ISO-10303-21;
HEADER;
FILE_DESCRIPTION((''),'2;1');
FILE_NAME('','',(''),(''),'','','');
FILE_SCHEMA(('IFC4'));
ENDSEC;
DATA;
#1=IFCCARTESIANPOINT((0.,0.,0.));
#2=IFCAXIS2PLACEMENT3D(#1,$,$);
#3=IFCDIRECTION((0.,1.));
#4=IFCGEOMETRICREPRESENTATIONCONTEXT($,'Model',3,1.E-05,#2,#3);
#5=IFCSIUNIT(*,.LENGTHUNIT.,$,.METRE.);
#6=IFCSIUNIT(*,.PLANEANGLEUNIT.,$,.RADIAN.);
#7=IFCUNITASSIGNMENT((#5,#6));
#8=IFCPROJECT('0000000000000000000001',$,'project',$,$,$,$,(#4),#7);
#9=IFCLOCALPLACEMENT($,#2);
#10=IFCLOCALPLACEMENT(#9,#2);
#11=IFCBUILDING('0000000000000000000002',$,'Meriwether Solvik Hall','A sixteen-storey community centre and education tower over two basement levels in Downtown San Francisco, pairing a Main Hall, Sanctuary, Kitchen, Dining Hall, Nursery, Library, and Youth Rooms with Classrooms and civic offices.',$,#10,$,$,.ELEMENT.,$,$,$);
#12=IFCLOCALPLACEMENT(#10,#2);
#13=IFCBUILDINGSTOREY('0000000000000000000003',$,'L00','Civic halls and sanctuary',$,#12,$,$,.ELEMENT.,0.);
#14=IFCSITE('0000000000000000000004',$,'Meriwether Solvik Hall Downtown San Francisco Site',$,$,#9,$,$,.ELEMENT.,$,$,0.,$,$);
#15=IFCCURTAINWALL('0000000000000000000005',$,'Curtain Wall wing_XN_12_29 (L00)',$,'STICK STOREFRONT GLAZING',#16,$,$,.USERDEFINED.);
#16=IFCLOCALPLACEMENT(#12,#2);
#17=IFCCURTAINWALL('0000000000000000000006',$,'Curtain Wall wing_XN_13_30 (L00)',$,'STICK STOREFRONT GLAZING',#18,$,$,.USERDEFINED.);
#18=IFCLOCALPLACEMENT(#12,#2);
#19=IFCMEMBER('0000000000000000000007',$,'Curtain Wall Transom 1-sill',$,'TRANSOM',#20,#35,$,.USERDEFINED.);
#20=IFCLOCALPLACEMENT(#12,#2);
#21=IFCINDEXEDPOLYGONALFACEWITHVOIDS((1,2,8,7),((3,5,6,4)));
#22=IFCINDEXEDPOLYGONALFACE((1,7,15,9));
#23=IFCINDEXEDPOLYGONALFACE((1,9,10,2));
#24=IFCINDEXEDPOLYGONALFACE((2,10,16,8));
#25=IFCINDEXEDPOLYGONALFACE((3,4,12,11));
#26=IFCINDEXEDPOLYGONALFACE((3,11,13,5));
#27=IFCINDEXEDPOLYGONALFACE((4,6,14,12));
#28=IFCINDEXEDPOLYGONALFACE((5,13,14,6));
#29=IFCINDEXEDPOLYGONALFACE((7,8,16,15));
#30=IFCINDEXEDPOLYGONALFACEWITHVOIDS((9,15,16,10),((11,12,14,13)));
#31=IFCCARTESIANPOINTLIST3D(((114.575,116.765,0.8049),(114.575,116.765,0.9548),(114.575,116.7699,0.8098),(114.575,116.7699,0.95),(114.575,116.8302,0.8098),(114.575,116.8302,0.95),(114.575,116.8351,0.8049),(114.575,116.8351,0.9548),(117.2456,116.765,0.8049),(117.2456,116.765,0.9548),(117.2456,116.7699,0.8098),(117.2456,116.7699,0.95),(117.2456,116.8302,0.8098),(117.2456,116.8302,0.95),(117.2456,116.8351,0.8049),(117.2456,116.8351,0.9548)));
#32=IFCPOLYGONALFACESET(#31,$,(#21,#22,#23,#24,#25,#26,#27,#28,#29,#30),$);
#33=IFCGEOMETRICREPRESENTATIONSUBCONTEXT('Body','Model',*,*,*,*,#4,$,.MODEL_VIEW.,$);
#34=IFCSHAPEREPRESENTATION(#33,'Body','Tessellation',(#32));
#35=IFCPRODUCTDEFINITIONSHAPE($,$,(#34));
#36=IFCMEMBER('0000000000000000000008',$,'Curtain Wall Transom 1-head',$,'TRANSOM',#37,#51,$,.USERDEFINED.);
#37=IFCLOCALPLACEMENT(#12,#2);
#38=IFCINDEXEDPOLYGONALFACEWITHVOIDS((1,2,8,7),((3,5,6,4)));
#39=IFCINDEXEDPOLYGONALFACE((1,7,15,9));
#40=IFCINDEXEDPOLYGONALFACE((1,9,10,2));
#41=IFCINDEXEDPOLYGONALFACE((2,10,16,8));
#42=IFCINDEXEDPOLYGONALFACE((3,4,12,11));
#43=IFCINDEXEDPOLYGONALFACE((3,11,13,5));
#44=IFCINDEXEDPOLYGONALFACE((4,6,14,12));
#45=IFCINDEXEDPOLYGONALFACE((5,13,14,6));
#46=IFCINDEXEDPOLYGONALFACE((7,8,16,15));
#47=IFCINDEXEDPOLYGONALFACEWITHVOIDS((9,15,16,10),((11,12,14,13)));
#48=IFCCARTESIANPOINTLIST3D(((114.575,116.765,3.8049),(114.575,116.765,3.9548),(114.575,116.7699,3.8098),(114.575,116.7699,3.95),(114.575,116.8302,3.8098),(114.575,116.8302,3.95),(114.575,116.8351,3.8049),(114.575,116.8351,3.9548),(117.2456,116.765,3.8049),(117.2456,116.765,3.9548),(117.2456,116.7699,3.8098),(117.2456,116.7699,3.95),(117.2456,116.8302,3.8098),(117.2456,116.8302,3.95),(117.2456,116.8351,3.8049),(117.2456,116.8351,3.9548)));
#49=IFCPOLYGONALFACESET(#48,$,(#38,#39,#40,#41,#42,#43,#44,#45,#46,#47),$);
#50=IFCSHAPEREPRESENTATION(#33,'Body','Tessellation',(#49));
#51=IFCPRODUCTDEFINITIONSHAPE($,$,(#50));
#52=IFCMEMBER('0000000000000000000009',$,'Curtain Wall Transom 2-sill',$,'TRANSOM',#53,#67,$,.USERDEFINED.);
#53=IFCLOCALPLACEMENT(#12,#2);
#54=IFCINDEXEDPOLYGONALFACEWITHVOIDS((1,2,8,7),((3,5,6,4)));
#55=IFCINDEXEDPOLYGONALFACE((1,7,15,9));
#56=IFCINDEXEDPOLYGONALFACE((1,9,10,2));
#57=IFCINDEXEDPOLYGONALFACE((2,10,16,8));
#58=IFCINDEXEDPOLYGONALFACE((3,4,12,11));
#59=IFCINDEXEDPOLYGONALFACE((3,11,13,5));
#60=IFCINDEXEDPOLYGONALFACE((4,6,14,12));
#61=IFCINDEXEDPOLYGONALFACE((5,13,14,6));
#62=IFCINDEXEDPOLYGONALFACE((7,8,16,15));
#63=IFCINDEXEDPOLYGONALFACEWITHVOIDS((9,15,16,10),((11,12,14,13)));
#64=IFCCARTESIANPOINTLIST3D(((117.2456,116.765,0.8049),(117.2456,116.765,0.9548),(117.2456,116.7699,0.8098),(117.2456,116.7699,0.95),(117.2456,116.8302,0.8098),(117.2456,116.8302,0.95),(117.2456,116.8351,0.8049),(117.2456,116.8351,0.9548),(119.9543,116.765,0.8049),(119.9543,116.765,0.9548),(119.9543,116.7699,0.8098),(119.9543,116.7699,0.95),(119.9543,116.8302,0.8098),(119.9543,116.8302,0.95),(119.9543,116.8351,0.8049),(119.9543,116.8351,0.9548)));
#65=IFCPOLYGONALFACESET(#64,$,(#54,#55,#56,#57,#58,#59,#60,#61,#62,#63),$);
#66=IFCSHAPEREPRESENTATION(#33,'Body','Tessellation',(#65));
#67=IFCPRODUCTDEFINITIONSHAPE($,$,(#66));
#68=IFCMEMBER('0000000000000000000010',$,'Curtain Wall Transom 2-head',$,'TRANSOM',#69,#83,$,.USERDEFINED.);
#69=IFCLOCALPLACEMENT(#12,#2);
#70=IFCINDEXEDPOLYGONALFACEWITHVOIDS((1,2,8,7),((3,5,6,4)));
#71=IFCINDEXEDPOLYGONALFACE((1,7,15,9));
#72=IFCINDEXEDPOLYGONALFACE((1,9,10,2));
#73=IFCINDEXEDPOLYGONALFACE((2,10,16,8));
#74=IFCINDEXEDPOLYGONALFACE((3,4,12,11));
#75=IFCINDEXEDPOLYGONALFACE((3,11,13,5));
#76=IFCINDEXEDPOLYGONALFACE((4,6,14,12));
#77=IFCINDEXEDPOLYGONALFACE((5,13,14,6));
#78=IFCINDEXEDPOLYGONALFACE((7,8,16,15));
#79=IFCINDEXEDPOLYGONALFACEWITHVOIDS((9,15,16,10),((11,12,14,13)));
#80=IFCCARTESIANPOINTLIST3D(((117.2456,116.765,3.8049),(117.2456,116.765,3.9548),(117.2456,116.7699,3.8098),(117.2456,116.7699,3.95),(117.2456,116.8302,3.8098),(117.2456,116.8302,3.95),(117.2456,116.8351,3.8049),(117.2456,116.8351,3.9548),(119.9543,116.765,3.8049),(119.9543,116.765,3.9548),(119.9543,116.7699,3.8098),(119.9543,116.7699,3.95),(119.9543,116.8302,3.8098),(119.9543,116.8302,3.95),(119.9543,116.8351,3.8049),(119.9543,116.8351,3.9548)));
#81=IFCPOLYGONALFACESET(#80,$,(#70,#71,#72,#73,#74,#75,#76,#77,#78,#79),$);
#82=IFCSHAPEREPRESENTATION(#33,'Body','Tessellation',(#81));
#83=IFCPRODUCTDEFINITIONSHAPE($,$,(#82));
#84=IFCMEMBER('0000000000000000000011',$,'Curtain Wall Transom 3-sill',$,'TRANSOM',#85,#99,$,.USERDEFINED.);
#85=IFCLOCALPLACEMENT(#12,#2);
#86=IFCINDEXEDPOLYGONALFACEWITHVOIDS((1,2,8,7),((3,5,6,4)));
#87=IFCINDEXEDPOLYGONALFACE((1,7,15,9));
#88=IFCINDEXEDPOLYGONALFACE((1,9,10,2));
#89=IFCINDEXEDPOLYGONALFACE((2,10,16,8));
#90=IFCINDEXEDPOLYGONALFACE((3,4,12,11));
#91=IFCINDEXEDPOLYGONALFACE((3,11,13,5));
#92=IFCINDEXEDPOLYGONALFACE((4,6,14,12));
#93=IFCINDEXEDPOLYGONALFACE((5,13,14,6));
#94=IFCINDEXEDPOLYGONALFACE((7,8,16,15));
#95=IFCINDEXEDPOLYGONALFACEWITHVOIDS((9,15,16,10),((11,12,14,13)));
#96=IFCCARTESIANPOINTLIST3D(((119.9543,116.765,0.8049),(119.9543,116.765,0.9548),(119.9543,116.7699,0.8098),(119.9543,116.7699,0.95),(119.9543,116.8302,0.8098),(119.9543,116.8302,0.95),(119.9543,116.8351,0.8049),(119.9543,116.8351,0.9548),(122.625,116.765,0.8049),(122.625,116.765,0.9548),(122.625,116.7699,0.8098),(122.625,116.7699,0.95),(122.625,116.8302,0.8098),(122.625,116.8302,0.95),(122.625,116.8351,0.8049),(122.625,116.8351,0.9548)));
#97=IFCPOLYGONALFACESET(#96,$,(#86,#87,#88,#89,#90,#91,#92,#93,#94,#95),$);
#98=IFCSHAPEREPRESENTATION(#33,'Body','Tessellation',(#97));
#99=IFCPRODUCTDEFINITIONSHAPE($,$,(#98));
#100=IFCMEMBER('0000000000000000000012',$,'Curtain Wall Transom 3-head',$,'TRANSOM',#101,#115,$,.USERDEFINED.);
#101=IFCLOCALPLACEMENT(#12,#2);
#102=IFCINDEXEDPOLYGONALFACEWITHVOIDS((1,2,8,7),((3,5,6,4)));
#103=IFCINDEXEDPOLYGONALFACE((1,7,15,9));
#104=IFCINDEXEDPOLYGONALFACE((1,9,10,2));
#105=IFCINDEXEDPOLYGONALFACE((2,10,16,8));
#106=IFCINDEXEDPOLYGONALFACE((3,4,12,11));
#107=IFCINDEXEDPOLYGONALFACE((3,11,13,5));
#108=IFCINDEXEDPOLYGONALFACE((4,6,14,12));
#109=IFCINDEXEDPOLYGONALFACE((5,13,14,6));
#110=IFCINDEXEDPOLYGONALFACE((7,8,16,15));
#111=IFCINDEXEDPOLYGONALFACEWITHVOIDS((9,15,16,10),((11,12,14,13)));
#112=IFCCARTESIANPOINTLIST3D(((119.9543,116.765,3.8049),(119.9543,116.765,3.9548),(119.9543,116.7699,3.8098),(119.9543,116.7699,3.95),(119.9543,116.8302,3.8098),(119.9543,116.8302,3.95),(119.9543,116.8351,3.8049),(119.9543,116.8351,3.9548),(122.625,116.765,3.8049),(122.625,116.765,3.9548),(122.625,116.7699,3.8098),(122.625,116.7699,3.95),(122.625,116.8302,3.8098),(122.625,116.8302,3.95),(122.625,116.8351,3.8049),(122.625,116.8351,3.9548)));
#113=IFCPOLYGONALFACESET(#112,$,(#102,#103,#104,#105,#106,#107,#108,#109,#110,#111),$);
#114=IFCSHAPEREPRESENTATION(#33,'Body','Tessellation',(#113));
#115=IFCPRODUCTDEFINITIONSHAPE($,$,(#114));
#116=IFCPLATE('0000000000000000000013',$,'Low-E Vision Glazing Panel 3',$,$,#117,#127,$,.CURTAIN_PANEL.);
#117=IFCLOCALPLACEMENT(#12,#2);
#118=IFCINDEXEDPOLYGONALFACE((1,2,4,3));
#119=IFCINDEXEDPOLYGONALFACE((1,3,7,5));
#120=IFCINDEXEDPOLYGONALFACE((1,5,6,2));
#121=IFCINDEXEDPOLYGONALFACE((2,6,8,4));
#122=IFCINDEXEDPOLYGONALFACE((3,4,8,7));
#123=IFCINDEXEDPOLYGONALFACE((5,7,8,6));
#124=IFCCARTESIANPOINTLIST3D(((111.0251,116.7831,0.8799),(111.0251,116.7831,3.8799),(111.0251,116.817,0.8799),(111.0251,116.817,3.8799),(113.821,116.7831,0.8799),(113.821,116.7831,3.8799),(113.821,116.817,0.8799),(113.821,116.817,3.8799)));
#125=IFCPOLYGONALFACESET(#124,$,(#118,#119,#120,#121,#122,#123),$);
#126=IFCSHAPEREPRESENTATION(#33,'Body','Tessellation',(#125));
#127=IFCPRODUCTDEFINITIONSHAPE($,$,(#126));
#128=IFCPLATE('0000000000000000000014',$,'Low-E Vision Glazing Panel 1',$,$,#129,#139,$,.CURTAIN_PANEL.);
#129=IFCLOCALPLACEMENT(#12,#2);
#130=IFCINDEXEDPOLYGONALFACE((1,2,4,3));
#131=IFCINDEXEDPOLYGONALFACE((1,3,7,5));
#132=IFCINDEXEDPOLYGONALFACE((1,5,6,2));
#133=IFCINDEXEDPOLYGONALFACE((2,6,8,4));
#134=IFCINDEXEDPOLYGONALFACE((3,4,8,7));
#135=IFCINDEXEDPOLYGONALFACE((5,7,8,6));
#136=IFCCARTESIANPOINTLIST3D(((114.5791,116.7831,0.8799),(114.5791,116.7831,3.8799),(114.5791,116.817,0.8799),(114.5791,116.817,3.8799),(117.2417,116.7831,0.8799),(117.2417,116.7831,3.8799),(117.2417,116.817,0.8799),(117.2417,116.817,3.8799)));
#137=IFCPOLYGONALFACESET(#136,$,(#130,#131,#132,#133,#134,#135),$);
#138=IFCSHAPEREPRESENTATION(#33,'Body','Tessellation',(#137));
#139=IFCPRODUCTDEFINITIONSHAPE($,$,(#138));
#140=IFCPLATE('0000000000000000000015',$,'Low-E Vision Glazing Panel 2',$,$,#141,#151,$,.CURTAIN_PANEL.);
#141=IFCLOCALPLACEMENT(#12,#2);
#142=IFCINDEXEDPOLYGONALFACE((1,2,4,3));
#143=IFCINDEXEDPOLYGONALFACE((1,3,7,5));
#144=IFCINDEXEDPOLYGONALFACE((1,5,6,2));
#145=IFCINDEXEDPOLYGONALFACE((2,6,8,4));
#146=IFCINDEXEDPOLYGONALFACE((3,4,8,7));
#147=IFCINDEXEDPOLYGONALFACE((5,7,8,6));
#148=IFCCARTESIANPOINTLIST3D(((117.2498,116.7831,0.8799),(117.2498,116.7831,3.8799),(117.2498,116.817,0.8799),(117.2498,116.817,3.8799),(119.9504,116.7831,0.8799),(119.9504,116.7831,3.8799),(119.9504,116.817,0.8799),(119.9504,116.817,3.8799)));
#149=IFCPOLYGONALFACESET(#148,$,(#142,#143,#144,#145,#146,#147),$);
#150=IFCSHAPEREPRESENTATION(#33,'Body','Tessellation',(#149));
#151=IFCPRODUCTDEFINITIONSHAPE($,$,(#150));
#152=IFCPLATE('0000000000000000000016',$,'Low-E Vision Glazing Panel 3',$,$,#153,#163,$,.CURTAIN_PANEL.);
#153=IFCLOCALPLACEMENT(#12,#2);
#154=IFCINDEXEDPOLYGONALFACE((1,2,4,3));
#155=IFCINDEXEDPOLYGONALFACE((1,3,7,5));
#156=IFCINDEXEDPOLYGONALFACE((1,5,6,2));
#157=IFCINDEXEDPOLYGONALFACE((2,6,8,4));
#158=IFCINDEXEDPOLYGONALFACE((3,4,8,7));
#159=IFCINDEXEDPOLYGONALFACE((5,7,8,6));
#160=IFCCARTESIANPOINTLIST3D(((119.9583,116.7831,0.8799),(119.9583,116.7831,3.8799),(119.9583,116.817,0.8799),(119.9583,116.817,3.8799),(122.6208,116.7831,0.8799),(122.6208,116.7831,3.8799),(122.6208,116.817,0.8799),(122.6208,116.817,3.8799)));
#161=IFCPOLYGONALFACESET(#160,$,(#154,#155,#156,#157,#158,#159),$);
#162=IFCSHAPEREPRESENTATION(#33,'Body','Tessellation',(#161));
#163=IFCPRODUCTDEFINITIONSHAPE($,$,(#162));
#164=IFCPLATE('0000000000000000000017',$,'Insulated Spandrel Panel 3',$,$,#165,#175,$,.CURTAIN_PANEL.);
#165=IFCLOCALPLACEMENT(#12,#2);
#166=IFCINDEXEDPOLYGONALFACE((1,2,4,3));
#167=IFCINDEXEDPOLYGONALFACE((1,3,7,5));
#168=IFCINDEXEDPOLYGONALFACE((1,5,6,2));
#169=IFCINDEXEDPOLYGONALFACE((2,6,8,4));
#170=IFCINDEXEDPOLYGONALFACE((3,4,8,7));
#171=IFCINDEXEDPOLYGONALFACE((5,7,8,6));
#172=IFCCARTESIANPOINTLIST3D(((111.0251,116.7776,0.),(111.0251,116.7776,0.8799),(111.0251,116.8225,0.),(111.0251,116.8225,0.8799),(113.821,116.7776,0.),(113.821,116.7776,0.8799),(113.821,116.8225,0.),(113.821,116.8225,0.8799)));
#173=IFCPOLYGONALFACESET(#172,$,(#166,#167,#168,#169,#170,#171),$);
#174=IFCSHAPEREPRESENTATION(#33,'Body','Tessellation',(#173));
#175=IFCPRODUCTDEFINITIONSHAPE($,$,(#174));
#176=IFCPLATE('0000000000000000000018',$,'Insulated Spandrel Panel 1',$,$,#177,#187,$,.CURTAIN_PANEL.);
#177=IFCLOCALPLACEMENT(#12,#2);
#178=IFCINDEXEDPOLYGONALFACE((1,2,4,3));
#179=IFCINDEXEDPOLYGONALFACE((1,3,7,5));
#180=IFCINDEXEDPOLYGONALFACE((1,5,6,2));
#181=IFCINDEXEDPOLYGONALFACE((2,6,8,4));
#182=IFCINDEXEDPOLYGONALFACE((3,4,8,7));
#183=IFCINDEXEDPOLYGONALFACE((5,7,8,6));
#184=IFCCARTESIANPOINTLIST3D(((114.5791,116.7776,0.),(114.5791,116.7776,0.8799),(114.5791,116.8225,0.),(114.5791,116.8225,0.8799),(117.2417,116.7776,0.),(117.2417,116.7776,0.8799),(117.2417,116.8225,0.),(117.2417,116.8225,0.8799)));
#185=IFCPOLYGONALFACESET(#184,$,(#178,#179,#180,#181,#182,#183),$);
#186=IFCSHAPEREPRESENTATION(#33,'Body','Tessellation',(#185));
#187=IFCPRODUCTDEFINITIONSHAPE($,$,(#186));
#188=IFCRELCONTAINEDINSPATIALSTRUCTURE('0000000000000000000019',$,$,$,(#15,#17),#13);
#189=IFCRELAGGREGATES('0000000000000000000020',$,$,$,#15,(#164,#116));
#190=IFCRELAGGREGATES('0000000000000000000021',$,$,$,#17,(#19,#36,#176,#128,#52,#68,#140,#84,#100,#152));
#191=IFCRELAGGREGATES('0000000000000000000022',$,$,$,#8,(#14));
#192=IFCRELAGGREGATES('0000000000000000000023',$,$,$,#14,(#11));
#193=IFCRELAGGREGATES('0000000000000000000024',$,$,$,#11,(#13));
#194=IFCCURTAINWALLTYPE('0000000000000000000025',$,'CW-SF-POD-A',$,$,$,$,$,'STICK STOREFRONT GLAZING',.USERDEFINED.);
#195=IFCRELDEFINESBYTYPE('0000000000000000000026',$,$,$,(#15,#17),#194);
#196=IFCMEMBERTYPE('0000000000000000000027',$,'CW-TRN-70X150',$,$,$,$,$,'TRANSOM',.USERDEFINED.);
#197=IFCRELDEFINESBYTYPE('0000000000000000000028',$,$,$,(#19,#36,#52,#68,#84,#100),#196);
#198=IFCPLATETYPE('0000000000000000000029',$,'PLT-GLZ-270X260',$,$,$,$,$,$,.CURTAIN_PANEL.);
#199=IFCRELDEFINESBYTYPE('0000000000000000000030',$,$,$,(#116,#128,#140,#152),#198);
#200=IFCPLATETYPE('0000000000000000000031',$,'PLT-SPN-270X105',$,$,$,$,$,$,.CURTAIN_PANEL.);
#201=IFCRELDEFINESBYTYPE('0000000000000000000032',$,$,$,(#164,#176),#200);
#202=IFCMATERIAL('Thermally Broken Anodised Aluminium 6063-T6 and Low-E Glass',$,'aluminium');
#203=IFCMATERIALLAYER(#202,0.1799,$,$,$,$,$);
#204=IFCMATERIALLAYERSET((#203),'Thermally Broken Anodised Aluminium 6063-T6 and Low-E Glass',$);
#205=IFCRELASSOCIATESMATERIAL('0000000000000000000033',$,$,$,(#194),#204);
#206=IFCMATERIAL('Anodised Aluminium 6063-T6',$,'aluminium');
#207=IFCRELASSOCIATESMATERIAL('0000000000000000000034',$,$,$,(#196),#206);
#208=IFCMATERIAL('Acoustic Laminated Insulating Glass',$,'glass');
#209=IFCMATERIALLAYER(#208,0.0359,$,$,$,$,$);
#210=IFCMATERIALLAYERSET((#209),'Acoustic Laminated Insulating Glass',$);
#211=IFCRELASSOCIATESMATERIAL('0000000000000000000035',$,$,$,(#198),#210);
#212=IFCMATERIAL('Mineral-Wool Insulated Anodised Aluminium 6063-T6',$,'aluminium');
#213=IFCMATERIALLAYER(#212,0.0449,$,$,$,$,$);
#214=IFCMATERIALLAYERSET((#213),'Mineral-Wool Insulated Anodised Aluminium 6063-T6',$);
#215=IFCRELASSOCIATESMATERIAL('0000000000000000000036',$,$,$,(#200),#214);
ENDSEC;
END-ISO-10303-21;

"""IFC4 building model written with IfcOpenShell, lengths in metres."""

from ifc_helpers import new_model, si_unit, direction, frame, origin, origin_2d, place, context, subcontext, project, spatial, rectangle, hollow_rectangle, extrude, material, layer, layer_set, material_profile, profile_set, type_object, element, aggregate, save


model = new_model("IFC4")

# Units and contexts
model_context = context("Model", 3, precision=1e-05, world=origin(), true_north=direction((0.0, 1.0)))
body_context = subcontext(model_context, "Body", "Model", "MODEL_VIEW")
ifc_project = project(units=[si_unit("LENGTHUNIT", "METRE"), si_unit("PLANEANGLEUNIT", "RADIAN")], contexts=[model_context])

# Site, building, storey
site_placement = place(None, origin())
site = spatial("IfcSite", under=ifc_project, at=site_placement, Name="Meriwether Solvik Hall Downtown San Francisco Site", CompositionType="ELEMENT", RefElevation=0.0)
building_placement = place(site_placement, origin())
building = spatial("IfcBuilding", under=site, at=building_placement, Name="Meriwether Solvik Hall", Description="A sixteen-storey community centre and education tower over two basement levels in Downtown San Francisco, pairing a Main Hall, Sanctuary, Kitchen, Dining Hall, Nursery, Library, and Youth Rooms with Classrooms and civic offices.", CompositionType="ELEMENT")
storey_placement = place(building_placement, origin())
storey = spatial("IfcBuildingStorey", under=building, at=storey_placement, Name="L00", Description="Civic halls and sanctuary", CompositionType="ELEMENT", Elevation=0.0)

# Curtain walls
ifc_material_1 = material(Name="Thermally Broken Anodised Aluminium 6063-T6 and Low-E Glass", Category="aluminium")
ifc_layer_1 = layer(ifc_material_1, 0.1799)
ifc_layer_set_1 = layer_set([ifc_layer_1], Name="Thermally Broken Anodised Aluminium 6063-T6 and Low-E Glass")
curtain_wall_type = type_object("IfcCurtainWallType", Name="CW-SF-POD-A", ElementType="STICK STOREFRONT GLAZING", PredefinedType="USERDEFINED", material=ifc_layer_set_1)
curtain_wall_1_placement = place(storey_placement, origin())
curtain_wall_1 = element("IfcCurtainWall", 1, at=curtain_wall_1_placement, inside=storey, type_object=curtain_wall_type, Name="Curtain Wall wing_XN_12_29 (L00)", ObjectType="STICK STOREFRONT GLAZING", PredefinedType="USERDEFINED")
curtain_wall_2_placement = place(storey_placement, origin())
curtain_wall_2 = element("IfcCurtainWall", 2, at=curtain_wall_2_placement, inside=storey, type_object=curtain_wall_type, Name="Curtain Wall wing_XN_13_30 (L00)", ObjectType="STICK STOREFRONT GLAZING", PredefinedType="USERDEFINED")

# Members
ifc_material_2 = material(Name="Anodised Aluminium 6063-T6", Category="aluminium")
ifc_material_profile_1 = material_profile(ifc_material_2, hollow_rectangle(XDim=0.0701, YDim=0.1499, WallThickness=0.0049, at=origin_2d()), Name="CWT-70X150")
ifc_profile_set_1 = profile_set([ifc_material_profile_1], Name="Anodised Aluminium 6063-T6")
member_type_1 = type_object("IfcMemberType", Name="CW-TRN-70X150", ElementType="TRANSOM", PredefinedType="USERDEFINED", material=ifc_profile_set_1)
member_1_placement = place(storey_placement, frame((114.575, 116.8, 0.8799), z_axis=(1.0, 0.0, 0.0), x_axis=(0.0, 1.0, 0.0)))
member_1 = element("IfcMember", 3, at=member_1_placement, type_object=member_type_1, Name="Curtain Wall Transom 1-sill", ObjectType="TRANSOM", PredefinedType="USERDEFINED", context=body_context, shape_type="SweptSolid", body=[
    extrude(hollow_rectangle(XDim=0.0701, YDim=0.1499, WallThickness=0.0049, at=origin_2d()), origin(), (0.0, 0.0, 1.0), 2.6707),
])
member_2_placement = place(storey_placement, frame((114.575, 116.8, 3.8799), z_axis=(1.0, 0.0, 0.0), x_axis=(0.0, 1.0, 0.0)))
member_2 = element("IfcMember", 4, at=member_2_placement, type_object=member_type_1, Name="Curtain Wall Transom 1-head", ObjectType="TRANSOM", PredefinedType="USERDEFINED", context=body_context, shape_type="SweptSolid", body=[
    extrude(hollow_rectangle(XDim=0.0701, YDim=0.1499, WallThickness=0.0049, at=origin_2d()), origin(), (0.0, 0.0, 1.0), 2.6707),
])
member_3_placement = place(storey_placement, frame((117.2456, 116.8, 0.8799), z_axis=(1.0, 0.0, 0.0), x_axis=(0.0, 1.0, 0.0)))
member_3 = element("IfcMember", 5, at=member_3_placement, type_object=member_type_1, Name="Curtain Wall Transom 2-sill", ObjectType="TRANSOM", PredefinedType="USERDEFINED", context=body_context, shape_type="SweptSolid", body=[
    extrude(hollow_rectangle(XDim=0.0701, YDim=0.1499, WallThickness=0.0049, at=origin_2d()), origin(), (0.0, 0.0, 1.0), 2.7087),
])
member_4_placement = place(storey_placement, frame((117.2456, 116.8, 3.8799), z_axis=(1.0, 0.0, 0.0), x_axis=(0.0, 1.0, 0.0)))
member_4 = element("IfcMember", 6, at=member_4_placement, type_object=member_type_1, Name="Curtain Wall Transom 2-head", ObjectType="TRANSOM", PredefinedType="USERDEFINED", context=body_context, shape_type="SweptSolid", body=[
    extrude(hollow_rectangle(XDim=0.0701, YDim=0.1499, WallThickness=0.0049, at=origin_2d()), origin(), (0.0, 0.0, 1.0), 2.7087),
])
member_5_placement = place(storey_placement, frame((119.9543, 116.8, 0.8799), z_axis=(1.0, 0.0, 0.0), x_axis=(0.0, 1.0, 0.0)))
member_5 = element("IfcMember", 7, at=member_5_placement, type_object=member_type_1, Name="Curtain Wall Transom 3-sill", ObjectType="TRANSOM", PredefinedType="USERDEFINED", context=body_context, shape_type="SweptSolid", body=[
    extrude(hollow_rectangle(XDim=0.0701, YDim=0.1499, WallThickness=0.0049, at=origin_2d()), origin(), (0.0, 0.0, 1.0), 2.6707),
])
member_6_placement = place(storey_placement, frame((119.9543, 116.8, 3.8799), z_axis=(1.0, 0.0, 0.0), x_axis=(0.0, 1.0, 0.0)))
member_6 = element("IfcMember", 8, at=member_6_placement, type_object=member_type_1, Name="Curtain Wall Transom 3-head", ObjectType="TRANSOM", PredefinedType="USERDEFINED", context=body_context, shape_type="SweptSolid", body=[
    extrude(hollow_rectangle(XDim=0.0701, YDim=0.1499, WallThickness=0.0049, at=origin_2d()), origin(), (0.0, 0.0, 1.0), 2.6707),
])

# Plates
ifc_material_3 = material(Name="Acoustic Laminated Insulating Glass", Category="glass")
ifc_layer_2 = layer(ifc_material_3, 0.0359)
ifc_layer_set_2 = layer_set([ifc_layer_2], Name="Acoustic Laminated Insulating Glass")
plate_type_1 = type_object("IfcPlateType", Name="PLT-GLZ-270X260", PredefinedType="CURTAIN_PANEL", material=ifc_layer_set_2)
plate_1_placement = place(storey_placement, frame((112.4231, 116.8, 0.8799), z_axis=(0.0, 0.0, 1.0), x_axis=(1.0, 0.0, 0.0)))
plate_1 = element("IfcPlate", 9, at=plate_1_placement, type_object=plate_type_1, Name="Low-E Vision Glazing Panel 3", PredefinedType="CURTAIN_PANEL", context=body_context, shape_type="SweptSolid", body=[
    extrude(rectangle(XDim=2.7959, YDim=0.0339, at=origin_2d()), origin(), (0.0, 0.0, 1.0), 3.0),
])
plate_2_placement = place(storey_placement, frame((115.9104, 116.8, 0.8799), z_axis=(0.0, 0.0, 1.0), x_axis=(1.0, 0.0, 0.0)))
plate_2 = element("IfcPlate", 10, at=plate_2_placement, type_object=plate_type_1, Name="Low-E Vision Glazing Panel 1", PredefinedType="CURTAIN_PANEL", context=body_context, shape_type="SweptSolid", body=[
    extrude(rectangle(XDim=2.6626, YDim=0.0339, at=origin_2d()), origin(), (0.0, 0.0, 1.0), 3.0),
])
plate_3_placement = place(storey_placement, frame((118.6001, 116.8, 0.8799), z_axis=(0.0, 0.0, 1.0), x_axis=(1.0, 0.0, 0.0)))
plate_3 = element("IfcPlate", 11, at=plate_3_placement, type_object=plate_type_1, Name="Low-E Vision Glazing Panel 2", PredefinedType="CURTAIN_PANEL", context=body_context, shape_type="SweptSolid", body=[
    extrude(rectangle(XDim=2.7007, YDim=0.0339, at=origin_2d()), origin(), (0.0, 0.0, 1.0), 3.0),
])
plate_4_placement = place(storey_placement, frame((121.2896, 116.8, 0.8799), z_axis=(0.0, 0.0, 1.0), x_axis=(1.0, 0.0, 0.0)))
plate_4 = element("IfcPlate", 12, at=plate_4_placement, type_object=plate_type_1, Name="Low-E Vision Glazing Panel 3", PredefinedType="CURTAIN_PANEL", context=body_context, shape_type="SweptSolid", body=[
    extrude(rectangle(XDim=2.6626, YDim=0.0339, at=origin_2d()), origin(), (0.0, 0.0, 1.0), 3.0),
])
ifc_material_4 = material(Name="Mineral-Wool Insulated Anodised Aluminium 6063-T6", Category="aluminium")
ifc_layer_3 = layer(ifc_material_4, 0.0449)
ifc_layer_set_3 = layer_set([ifc_layer_3], Name="Mineral-Wool Insulated Anodised Aluminium 6063-T6")
plate_type_2 = type_object("IfcPlateType", Name="PLT-SPN-270X105", PredefinedType="CURTAIN_PANEL", material=ifc_layer_set_3)
plate_5_placement = place(storey_placement, frame((112.4231, 116.8, 0.0), z_axis=(0.0, 0.0, 1.0), x_axis=(1.0, 0.0, 0.0)))
plate_5 = element("IfcPlate", 13, at=plate_5_placement, type_object=plate_type_2, Name="Insulated Spandrel Panel 3", PredefinedType="CURTAIN_PANEL", context=body_context, shape_type="SweptSolid", body=[
    extrude(rectangle(XDim=2.7959, YDim=0.0449, at=origin_2d()), origin(), (0.0, 0.0, 1.0), 0.8799),
])
aggregate(curtain_wall_1, [plate_5, plate_1])
plate_6_placement = place(storey_placement, frame((115.9104, 116.8, 0.0), z_axis=(0.0, 0.0, 1.0), x_axis=(1.0, 0.0, 0.0)))
plate_6 = element("IfcPlate", 14, at=plate_6_placement, type_object=plate_type_2, Name="Insulated Spandrel Panel 1", PredefinedType="CURTAIN_PANEL", context=body_context, shape_type="SweptSolid", body=[
    extrude(rectangle(XDim=2.6626, YDim=0.0449, at=origin_2d()), origin(), (0.0, 0.0, 1.0), 0.8799),
])
aggregate(curtain_wall_2, [member_1, member_2, plate_6, plate_2, member_3, member_4, plate_3, member_5, member_6, plate_4])

save(model, "model.ifc")
